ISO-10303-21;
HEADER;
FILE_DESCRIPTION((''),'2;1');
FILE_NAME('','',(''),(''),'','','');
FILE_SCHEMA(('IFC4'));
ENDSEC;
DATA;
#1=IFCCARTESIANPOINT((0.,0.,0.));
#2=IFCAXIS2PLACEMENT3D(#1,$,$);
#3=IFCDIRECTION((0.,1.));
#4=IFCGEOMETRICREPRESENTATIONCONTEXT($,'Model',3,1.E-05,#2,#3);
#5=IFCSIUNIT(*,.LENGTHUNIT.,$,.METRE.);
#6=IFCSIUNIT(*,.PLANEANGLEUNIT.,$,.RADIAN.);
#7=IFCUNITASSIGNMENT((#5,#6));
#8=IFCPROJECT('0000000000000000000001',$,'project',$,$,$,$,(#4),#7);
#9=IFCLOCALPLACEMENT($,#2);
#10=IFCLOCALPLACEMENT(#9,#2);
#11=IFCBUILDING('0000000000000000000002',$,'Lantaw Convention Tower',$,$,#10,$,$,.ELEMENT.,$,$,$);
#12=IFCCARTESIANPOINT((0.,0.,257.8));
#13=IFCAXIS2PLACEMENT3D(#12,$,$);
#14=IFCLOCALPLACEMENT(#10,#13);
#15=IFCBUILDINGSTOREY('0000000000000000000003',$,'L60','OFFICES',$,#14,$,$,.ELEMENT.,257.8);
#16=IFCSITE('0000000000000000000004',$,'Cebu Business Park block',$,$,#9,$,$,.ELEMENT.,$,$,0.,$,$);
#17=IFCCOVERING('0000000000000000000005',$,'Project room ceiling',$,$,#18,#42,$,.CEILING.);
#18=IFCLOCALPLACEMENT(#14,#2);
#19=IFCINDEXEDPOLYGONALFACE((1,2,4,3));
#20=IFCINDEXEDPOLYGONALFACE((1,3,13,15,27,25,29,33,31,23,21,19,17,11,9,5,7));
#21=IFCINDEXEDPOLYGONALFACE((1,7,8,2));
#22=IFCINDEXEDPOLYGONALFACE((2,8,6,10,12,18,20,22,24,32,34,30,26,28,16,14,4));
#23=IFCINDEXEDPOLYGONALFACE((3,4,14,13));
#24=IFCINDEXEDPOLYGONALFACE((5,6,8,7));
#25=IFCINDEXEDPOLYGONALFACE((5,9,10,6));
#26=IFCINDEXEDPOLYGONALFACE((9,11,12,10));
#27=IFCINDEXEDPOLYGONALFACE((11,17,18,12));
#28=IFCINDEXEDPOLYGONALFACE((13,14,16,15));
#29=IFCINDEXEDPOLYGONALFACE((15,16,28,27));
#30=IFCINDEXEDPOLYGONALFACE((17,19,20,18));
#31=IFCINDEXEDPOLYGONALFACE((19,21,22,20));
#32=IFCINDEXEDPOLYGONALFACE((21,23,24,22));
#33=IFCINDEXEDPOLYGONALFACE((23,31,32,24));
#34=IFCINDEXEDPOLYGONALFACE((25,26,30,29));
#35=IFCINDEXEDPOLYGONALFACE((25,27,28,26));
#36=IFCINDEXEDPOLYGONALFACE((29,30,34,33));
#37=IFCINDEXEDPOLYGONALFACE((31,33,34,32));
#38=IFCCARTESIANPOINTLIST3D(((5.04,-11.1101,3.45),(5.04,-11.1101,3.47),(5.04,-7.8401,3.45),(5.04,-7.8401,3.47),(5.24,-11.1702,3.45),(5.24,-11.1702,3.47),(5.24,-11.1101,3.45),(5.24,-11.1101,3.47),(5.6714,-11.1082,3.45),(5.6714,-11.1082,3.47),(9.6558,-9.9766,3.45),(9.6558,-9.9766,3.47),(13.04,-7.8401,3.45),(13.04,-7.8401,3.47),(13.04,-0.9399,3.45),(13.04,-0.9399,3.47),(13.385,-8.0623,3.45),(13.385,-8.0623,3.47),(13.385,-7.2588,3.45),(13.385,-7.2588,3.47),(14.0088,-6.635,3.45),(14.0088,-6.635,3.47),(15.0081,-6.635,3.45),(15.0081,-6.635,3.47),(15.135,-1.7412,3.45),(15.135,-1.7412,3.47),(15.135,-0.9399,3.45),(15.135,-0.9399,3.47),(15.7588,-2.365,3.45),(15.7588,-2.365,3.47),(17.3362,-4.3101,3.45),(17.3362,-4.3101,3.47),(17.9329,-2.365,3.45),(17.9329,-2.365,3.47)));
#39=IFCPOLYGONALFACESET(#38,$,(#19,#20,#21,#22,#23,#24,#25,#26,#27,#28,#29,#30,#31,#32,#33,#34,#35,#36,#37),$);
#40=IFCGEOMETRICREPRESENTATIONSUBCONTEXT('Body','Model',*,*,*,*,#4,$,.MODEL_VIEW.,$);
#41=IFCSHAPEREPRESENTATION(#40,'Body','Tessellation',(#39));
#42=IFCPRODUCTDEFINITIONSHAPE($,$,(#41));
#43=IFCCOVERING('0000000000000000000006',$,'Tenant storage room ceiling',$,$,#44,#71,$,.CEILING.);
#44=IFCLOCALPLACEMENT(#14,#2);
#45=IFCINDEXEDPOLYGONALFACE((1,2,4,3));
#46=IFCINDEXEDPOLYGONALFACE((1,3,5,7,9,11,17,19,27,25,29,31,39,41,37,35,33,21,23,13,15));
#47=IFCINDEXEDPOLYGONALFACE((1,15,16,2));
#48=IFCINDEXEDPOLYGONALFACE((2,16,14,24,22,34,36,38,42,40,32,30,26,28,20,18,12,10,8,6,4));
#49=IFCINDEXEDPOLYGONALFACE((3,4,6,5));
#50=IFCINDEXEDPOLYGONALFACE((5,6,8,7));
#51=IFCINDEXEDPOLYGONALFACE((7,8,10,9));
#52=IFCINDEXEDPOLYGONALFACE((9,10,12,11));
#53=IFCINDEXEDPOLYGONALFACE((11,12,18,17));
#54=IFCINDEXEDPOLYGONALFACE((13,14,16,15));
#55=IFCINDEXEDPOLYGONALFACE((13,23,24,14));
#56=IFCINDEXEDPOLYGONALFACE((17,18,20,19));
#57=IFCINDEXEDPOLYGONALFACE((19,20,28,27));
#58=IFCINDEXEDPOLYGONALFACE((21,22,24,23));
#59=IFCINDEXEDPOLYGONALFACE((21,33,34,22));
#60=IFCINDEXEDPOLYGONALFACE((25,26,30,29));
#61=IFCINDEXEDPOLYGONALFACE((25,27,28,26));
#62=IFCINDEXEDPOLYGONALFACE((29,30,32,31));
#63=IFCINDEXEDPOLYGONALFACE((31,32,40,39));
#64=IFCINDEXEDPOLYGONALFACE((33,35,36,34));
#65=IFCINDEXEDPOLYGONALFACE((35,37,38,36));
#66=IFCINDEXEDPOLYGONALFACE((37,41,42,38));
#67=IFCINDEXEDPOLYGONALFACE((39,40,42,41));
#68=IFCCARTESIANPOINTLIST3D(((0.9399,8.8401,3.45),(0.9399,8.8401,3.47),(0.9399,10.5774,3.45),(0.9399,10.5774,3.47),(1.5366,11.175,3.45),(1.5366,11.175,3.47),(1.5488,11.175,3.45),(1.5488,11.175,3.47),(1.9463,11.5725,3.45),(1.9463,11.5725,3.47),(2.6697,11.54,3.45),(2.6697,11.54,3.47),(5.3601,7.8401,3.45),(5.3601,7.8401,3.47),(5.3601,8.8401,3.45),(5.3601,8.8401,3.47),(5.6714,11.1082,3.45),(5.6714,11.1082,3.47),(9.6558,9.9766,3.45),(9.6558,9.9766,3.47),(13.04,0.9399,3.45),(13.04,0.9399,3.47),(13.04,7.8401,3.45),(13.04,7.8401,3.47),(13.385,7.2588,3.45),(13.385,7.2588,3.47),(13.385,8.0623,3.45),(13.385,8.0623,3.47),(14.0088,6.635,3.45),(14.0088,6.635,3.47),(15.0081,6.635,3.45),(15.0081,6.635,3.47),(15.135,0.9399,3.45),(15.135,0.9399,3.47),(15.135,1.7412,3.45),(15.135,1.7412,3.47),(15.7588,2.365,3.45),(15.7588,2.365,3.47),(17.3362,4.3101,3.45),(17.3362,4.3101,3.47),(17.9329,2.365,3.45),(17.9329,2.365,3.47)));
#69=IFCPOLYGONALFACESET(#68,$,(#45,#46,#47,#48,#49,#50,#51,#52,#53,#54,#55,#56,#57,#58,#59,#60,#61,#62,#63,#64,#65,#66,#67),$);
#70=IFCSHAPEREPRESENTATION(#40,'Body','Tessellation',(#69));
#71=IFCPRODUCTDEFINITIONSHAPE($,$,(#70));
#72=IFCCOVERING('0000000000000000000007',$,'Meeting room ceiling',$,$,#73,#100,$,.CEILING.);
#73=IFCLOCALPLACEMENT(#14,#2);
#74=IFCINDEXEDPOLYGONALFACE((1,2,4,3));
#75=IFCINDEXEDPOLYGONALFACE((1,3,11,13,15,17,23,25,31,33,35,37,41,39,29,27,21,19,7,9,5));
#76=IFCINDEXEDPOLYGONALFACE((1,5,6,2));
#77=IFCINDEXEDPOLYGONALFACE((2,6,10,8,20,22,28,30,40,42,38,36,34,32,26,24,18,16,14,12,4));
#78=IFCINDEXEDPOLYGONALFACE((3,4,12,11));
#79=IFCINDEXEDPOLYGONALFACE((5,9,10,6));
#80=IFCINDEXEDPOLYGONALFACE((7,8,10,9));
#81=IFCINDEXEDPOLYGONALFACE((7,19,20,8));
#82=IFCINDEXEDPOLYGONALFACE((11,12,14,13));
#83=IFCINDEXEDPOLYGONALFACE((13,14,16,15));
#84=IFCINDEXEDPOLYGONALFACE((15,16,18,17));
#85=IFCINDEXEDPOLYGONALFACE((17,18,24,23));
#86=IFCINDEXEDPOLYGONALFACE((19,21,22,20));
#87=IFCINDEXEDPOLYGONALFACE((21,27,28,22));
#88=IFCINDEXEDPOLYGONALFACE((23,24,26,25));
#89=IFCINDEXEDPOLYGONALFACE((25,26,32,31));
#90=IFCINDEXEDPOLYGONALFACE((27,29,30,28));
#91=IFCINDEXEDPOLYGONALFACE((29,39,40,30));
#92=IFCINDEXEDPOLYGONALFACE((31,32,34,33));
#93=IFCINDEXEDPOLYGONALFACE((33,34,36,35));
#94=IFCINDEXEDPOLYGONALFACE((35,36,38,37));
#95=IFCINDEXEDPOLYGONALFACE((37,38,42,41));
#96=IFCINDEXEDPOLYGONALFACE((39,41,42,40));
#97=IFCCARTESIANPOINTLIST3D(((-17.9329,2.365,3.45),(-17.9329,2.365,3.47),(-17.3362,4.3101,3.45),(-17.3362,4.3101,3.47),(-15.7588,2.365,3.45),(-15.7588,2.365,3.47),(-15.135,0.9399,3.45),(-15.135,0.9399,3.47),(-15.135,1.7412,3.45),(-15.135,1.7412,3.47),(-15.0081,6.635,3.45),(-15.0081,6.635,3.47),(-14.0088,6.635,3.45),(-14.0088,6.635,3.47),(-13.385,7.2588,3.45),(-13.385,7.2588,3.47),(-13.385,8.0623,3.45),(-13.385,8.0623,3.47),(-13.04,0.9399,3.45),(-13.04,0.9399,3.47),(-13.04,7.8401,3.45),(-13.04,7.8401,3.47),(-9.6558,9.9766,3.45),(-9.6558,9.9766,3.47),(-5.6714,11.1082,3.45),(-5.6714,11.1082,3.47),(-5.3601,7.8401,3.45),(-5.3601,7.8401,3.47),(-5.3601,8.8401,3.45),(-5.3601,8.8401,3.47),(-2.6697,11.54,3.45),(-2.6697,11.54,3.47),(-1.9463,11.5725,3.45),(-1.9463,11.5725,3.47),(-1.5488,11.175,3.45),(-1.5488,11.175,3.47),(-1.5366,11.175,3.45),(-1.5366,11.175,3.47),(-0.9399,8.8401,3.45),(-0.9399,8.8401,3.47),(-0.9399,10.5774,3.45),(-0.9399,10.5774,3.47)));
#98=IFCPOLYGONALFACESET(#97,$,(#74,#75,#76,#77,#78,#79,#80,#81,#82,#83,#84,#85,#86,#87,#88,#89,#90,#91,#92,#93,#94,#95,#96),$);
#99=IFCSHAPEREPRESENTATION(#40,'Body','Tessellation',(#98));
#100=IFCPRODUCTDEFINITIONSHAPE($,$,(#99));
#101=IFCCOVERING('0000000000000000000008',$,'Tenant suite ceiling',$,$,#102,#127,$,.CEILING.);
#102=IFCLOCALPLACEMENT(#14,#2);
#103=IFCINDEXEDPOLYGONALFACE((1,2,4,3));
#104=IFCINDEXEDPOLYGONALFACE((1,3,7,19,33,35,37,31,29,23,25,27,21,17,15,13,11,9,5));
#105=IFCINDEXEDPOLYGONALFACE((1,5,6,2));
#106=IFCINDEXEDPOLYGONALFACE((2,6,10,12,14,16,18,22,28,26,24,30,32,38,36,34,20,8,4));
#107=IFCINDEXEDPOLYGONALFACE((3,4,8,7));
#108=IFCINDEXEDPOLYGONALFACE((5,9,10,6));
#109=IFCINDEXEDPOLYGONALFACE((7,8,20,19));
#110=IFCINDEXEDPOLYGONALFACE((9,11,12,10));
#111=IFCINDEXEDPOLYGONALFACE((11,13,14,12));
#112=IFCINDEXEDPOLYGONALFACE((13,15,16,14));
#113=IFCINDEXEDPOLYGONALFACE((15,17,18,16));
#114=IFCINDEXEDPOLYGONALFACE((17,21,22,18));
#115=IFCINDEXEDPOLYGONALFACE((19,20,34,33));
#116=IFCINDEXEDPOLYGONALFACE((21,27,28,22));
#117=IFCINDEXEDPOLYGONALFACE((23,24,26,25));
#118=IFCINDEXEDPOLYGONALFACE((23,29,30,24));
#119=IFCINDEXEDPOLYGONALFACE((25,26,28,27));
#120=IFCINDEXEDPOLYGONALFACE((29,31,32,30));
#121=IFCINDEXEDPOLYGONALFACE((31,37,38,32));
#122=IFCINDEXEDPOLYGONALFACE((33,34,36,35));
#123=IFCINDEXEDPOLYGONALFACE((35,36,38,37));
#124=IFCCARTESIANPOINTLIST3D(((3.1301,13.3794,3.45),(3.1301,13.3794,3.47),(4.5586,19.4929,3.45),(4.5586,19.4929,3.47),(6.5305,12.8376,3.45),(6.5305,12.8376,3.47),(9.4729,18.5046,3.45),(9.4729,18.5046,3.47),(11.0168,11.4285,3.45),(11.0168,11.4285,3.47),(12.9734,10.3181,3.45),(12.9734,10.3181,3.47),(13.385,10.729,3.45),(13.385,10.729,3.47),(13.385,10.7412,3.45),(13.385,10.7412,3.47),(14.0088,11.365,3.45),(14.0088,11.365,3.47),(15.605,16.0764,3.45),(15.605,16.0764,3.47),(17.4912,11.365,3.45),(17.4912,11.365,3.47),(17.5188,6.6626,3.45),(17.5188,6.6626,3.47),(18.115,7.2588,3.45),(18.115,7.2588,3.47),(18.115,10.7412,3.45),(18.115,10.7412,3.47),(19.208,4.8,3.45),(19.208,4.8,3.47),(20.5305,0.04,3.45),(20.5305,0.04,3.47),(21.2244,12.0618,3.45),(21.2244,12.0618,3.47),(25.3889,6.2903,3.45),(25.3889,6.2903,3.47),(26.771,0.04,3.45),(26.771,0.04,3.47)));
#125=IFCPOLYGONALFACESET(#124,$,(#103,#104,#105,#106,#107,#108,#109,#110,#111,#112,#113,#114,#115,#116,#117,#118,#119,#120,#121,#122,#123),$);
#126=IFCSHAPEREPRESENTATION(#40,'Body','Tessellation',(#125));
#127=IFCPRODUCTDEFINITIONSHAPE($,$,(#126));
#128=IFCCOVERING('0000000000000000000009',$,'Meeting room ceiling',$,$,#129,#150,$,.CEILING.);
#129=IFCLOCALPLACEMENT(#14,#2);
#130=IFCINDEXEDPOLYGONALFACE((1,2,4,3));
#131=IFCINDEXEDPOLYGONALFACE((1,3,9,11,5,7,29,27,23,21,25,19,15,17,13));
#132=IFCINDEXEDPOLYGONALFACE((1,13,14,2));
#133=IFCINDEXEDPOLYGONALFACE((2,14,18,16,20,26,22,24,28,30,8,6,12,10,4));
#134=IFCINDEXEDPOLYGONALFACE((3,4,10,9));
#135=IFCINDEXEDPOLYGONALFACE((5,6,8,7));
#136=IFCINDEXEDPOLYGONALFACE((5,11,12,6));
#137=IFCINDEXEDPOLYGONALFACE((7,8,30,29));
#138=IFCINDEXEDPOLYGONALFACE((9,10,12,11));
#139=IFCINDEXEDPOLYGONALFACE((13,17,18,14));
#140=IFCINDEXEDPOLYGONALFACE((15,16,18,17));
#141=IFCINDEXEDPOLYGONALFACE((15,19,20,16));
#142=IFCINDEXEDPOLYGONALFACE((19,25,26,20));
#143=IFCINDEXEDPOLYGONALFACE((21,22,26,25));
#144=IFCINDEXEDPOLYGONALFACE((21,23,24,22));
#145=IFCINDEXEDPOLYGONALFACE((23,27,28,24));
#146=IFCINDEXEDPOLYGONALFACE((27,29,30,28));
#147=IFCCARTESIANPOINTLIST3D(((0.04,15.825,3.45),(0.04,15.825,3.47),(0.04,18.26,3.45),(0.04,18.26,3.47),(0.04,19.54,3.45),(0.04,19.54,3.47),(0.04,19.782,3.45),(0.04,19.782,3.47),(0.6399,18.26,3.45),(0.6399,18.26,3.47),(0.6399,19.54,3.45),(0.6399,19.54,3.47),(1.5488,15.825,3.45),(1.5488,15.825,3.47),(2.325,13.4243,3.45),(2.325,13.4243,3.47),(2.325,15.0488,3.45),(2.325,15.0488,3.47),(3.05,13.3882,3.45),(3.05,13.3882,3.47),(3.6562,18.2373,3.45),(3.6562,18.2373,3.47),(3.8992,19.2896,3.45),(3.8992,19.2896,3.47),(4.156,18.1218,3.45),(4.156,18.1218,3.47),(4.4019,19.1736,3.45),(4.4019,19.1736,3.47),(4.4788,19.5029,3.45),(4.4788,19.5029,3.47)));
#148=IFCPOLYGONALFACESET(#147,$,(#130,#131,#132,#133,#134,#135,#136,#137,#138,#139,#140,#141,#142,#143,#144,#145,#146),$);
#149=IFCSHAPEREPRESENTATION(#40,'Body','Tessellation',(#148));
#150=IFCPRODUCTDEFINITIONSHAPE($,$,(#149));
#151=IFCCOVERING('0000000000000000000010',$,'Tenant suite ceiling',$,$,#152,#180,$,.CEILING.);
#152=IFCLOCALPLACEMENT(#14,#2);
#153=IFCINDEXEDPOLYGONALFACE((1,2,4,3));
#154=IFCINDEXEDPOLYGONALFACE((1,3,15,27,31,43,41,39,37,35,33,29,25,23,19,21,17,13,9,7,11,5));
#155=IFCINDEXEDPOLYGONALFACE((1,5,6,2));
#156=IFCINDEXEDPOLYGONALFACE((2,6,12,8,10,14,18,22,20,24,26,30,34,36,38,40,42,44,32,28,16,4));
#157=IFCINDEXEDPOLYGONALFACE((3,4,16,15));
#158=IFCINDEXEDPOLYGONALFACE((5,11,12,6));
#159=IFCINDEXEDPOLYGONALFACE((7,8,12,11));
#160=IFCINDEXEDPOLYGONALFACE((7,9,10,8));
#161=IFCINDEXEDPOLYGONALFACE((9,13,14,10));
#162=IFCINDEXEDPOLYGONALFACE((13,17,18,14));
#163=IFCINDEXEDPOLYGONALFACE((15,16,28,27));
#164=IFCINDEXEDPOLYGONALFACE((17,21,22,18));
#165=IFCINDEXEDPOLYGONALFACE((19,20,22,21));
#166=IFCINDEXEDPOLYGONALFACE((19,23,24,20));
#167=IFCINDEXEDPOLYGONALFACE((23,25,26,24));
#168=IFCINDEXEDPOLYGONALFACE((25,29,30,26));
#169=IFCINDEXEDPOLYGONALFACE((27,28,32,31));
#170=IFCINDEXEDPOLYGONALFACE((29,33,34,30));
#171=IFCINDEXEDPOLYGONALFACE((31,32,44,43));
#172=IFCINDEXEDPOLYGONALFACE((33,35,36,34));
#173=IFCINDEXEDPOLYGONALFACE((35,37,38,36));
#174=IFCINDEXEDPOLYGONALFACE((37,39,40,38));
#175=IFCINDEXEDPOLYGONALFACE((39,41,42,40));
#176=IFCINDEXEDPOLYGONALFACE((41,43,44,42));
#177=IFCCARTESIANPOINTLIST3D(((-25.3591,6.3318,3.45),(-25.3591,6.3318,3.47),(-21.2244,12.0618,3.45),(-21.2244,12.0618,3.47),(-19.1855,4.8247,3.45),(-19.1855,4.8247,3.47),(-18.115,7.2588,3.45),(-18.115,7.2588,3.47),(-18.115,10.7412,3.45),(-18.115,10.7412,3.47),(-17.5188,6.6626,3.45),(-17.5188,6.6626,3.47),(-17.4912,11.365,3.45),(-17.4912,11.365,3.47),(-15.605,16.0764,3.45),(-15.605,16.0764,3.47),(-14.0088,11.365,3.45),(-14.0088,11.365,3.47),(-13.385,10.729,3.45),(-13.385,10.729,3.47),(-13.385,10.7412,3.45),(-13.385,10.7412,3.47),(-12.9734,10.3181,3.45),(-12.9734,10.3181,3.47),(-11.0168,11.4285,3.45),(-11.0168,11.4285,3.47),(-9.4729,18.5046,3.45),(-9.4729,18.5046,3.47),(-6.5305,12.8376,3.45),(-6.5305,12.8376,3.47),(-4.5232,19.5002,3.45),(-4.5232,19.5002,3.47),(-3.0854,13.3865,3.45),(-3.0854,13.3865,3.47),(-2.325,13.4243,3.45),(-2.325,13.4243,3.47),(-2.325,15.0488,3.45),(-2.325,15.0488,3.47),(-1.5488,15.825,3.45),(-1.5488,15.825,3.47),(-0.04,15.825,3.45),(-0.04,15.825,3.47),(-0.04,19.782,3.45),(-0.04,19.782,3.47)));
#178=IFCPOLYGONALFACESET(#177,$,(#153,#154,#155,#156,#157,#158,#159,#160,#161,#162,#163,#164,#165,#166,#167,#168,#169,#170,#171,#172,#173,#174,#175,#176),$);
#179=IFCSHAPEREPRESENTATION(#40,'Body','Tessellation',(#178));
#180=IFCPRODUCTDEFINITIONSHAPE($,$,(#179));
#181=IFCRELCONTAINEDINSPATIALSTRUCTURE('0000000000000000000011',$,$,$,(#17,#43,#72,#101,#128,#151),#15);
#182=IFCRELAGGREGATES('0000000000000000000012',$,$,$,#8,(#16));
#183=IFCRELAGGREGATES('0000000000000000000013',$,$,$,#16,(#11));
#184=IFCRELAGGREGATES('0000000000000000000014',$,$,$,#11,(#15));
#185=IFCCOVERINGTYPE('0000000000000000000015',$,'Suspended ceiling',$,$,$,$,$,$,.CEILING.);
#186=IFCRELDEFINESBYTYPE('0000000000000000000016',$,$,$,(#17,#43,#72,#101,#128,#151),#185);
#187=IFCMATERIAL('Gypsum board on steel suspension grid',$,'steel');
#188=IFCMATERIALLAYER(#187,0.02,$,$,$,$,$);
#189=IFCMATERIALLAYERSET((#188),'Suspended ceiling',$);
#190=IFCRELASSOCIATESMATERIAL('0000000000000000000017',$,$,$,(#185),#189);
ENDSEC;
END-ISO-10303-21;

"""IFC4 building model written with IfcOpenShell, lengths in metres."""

from ifc_helpers import new_model, si_unit, direction, frame, origin, place, context, subcontext, project, spatial, polyline, outline, extrude, material, layer, layer_set, type_object, element, save


model = new_model("IFC4")

# Units and contexts
model_context = context("Model", 3, precision=1e-05, world=origin(), true_north=direction((0.0, 1.0)))
body_context = subcontext(model_context, "Body", "Model", "MODEL_VIEW")
ifc_project = project(units=[si_unit("LENGTHUNIT", "METRE"), si_unit("PLANEANGLEUNIT", "RADIAN")], contexts=[model_context])

# Site, building, storey
site_placement = place(None, origin())
site = spatial("IfcSite", under=ifc_project, at=site_placement, Name="Cebu Business Park block", CompositionType="ELEMENT", RefElevation=0.0)
building_placement = place(site_placement, origin())
building = spatial("IfcBuilding", under=site, at=building_placement, Name="Lantaw Convention Tower", CompositionType="ELEMENT")
storey_placement = place(building_placement, frame((0.0, 0.0, 257.8)))
storey = spatial("IfcBuildingStorey", under=building, at=storey_placement, Name="L60", Description="OFFICES", CompositionType="ELEMENT", Elevation=257.8)

# Coverings
ifc_material_1 = material(Name="Gypsum board on steel suspension grid", Category="steel")
ifc_layer_1 = layer(ifc_material_1, 0.02)
ifc_layer_set_1 = layer_set([ifc_layer_1], Name="Suspended ceiling")
covering_type = type_object("IfcCoveringType", Name="Suspended ceiling", PredefinedType="CEILING", material=ifc_layer_set_1)
covering_1_placement = place(storey_placement, frame((0.0, 0.0, 3.45)))
element("IfcCovering", 1, at=covering_1_placement, inside=storey, type_object=covering_type, Name="Project room ceiling", PredefinedType="CEILING", context=body_context, shape_type="SweptSolid", body=[
    extrude(outline(polyline([(13.04, -0.9399), (13.04, -7.8401), (5.04, -7.8401), (5.04, -11.1101), (5.24, -11.1101), (5.24, -11.1702), (5.6714, -11.1082), (9.6558, -9.9766), (13.385, -8.0623), (13.385, -7.2588), (14.0088, -6.635), (15.0081, -6.635), (17.3362, -4.3101), (17.9329, -2.365), (15.7588, -2.365), (15.135, -1.7412), (15.135, -0.9399), (13.04, -0.9399)])), origin(), (0.0, 0.0, 1.0), 0.02),
])
covering_2_placement = place(storey_placement, frame((0.0, 0.0, 3.45)))
element("IfcCovering", 2, at=covering_2_placement, inside=storey, type_object=covering_type, Name="Tenant storage room ceiling", PredefinedType="CEILING", context=body_context, shape_type="SweptSolid", body=[
    extrude(outline(polyline([(0.9399, 10.5774), (0.9399, 8.8401), (5.3601, 8.8401), (5.3601, 7.8401), (13.04, 7.8401), (13.04, 0.9399), (15.135, 0.9399), (15.135, 1.7412), (15.7588, 2.365), (17.9329, 2.365), (17.3362, 4.3101), (15.0081, 6.635), (14.0088, 6.635), (13.385, 7.2588), (13.385, 8.0623), (9.6558, 9.9766), (5.6714, 11.1082), (2.6697, 11.54), (1.9463, 11.5725), (1.5488, 11.175), (1.5366, 11.175), (0.9399, 10.5774)])), origin(), (0.0, 0.0, 1.0), 0.02),
])
covering_3_placement = place(storey_placement, frame((0.0, 0.0, 3.45)))
element("IfcCovering", 3, at=covering_3_placement, inside=storey, type_object=covering_type, Name="Meeting room ceiling", PredefinedType="CEILING", context=body_context, shape_type="SweptSolid", body=[
    extrude(outline(polyline([(-15.7588, 2.365), (-15.135, 1.7412), (-15.135, 0.9399), (-13.04, 0.9399), (-13.04, 7.8401), (-5.3601, 7.8401), (-5.3601, 8.8401), (-0.9399, 8.8401), (-0.9399, 10.5774), (-1.5366, 11.175), (-1.5488, 11.175), (-1.9463, 11.5725), (-2.6697, 11.54), (-5.6714, 11.1082), (-9.6558, 9.9766), (-13.385, 8.0623), (-13.385, 7.2588), (-14.0088, 6.635), (-15.0081, 6.635), (-17.3362, 4.3101), (-17.9329, 2.365), (-15.7588, 2.365)])), origin(), (0.0, 0.0, 1.0), 0.02),
])
covering_4_placement = place(storey_placement, frame((0.0, 0.0, 3.45)))
element("IfcCovering", 4, at=covering_4_placement, inside=storey, type_object=covering_type, Name="Tenant suite ceiling", PredefinedType="CEILING", context=body_context, shape_type="SweptSolid", body=[
    extrude(outline(polyline([(13.385, 10.729), (13.385, 10.7412), (14.0088, 11.365), (17.4912, 11.365), (18.115, 10.7412), (18.115, 7.2588), (17.5188, 6.6626), (19.208, 4.8), (20.5305, 0.04), (26.771, 0.04), (25.3889, 6.2903), (21.2244, 12.0618), (15.605, 16.0764), (9.4729, 18.5046), (4.5586, 19.4929), (3.1301, 13.3794), (6.5305, 12.8376), (11.0168, 11.4285), (12.9734, 10.3181), (13.385, 10.729)])), origin(), (0.0, 0.0, 1.0), 0.02),
])
covering_5_placement = place(storey_placement, frame((0.0, 0.0, 3.45)))
element("IfcCovering", 5, at=covering_5_placement, inside=storey, type_object=covering_type, Name="Meeting room ceiling", PredefinedType="CEILING", context=body_context, shape_type="SweptSolid", body=[
    extrude(outline(polyline([(2.325, 15.0488), (2.325, 13.4243), (3.05, 13.3882), (4.156, 18.1218), (3.6562, 18.2373), (3.8992, 19.2896), (4.4019, 19.1736), (4.4788, 19.5029), (0.04, 19.782), (0.04, 19.54), (0.6399, 19.54), (0.6399, 18.26), (0.04, 18.26), (0.04, 15.825), (1.5488, 15.825), (2.325, 15.0488)])), origin(), (0.0, 0.0, 1.0), 0.02),
])
covering_6_placement = place(storey_placement, frame((0.0, 0.0, 3.45)))
element("IfcCovering", 6, at=covering_6_placement, inside=storey, type_object=covering_type, Name="Tenant suite ceiling", PredefinedType="CEILING", context=body_context, shape_type="SweptSolid", body=[
    extrude(outline(polyline([(-17.5188, 6.6626), (-18.115, 7.2588), (-18.115, 10.7412), (-17.4912, 11.365), (-14.0088, 11.365), (-13.385, 10.7412), (-13.385, 10.729), (-12.9734, 10.3181), (-11.0168, 11.4285), (-6.5305, 12.8376), (-3.0854, 13.3865), (-2.325, 13.4243), (-2.325, 15.0488), (-1.5488, 15.825), (-0.04, 15.825), (-0.04, 19.782), (-4.5232, 19.5002), (-9.4729, 18.5046), (-15.605, 16.0764), (-21.2244, 12.0618), (-25.3591, 6.3318), (-19.1855, 4.8247), (-17.5188, 6.6626)])), origin(), (0.0, 0.0, 1.0), 0.02),
])

save(model, "model.ifc")
